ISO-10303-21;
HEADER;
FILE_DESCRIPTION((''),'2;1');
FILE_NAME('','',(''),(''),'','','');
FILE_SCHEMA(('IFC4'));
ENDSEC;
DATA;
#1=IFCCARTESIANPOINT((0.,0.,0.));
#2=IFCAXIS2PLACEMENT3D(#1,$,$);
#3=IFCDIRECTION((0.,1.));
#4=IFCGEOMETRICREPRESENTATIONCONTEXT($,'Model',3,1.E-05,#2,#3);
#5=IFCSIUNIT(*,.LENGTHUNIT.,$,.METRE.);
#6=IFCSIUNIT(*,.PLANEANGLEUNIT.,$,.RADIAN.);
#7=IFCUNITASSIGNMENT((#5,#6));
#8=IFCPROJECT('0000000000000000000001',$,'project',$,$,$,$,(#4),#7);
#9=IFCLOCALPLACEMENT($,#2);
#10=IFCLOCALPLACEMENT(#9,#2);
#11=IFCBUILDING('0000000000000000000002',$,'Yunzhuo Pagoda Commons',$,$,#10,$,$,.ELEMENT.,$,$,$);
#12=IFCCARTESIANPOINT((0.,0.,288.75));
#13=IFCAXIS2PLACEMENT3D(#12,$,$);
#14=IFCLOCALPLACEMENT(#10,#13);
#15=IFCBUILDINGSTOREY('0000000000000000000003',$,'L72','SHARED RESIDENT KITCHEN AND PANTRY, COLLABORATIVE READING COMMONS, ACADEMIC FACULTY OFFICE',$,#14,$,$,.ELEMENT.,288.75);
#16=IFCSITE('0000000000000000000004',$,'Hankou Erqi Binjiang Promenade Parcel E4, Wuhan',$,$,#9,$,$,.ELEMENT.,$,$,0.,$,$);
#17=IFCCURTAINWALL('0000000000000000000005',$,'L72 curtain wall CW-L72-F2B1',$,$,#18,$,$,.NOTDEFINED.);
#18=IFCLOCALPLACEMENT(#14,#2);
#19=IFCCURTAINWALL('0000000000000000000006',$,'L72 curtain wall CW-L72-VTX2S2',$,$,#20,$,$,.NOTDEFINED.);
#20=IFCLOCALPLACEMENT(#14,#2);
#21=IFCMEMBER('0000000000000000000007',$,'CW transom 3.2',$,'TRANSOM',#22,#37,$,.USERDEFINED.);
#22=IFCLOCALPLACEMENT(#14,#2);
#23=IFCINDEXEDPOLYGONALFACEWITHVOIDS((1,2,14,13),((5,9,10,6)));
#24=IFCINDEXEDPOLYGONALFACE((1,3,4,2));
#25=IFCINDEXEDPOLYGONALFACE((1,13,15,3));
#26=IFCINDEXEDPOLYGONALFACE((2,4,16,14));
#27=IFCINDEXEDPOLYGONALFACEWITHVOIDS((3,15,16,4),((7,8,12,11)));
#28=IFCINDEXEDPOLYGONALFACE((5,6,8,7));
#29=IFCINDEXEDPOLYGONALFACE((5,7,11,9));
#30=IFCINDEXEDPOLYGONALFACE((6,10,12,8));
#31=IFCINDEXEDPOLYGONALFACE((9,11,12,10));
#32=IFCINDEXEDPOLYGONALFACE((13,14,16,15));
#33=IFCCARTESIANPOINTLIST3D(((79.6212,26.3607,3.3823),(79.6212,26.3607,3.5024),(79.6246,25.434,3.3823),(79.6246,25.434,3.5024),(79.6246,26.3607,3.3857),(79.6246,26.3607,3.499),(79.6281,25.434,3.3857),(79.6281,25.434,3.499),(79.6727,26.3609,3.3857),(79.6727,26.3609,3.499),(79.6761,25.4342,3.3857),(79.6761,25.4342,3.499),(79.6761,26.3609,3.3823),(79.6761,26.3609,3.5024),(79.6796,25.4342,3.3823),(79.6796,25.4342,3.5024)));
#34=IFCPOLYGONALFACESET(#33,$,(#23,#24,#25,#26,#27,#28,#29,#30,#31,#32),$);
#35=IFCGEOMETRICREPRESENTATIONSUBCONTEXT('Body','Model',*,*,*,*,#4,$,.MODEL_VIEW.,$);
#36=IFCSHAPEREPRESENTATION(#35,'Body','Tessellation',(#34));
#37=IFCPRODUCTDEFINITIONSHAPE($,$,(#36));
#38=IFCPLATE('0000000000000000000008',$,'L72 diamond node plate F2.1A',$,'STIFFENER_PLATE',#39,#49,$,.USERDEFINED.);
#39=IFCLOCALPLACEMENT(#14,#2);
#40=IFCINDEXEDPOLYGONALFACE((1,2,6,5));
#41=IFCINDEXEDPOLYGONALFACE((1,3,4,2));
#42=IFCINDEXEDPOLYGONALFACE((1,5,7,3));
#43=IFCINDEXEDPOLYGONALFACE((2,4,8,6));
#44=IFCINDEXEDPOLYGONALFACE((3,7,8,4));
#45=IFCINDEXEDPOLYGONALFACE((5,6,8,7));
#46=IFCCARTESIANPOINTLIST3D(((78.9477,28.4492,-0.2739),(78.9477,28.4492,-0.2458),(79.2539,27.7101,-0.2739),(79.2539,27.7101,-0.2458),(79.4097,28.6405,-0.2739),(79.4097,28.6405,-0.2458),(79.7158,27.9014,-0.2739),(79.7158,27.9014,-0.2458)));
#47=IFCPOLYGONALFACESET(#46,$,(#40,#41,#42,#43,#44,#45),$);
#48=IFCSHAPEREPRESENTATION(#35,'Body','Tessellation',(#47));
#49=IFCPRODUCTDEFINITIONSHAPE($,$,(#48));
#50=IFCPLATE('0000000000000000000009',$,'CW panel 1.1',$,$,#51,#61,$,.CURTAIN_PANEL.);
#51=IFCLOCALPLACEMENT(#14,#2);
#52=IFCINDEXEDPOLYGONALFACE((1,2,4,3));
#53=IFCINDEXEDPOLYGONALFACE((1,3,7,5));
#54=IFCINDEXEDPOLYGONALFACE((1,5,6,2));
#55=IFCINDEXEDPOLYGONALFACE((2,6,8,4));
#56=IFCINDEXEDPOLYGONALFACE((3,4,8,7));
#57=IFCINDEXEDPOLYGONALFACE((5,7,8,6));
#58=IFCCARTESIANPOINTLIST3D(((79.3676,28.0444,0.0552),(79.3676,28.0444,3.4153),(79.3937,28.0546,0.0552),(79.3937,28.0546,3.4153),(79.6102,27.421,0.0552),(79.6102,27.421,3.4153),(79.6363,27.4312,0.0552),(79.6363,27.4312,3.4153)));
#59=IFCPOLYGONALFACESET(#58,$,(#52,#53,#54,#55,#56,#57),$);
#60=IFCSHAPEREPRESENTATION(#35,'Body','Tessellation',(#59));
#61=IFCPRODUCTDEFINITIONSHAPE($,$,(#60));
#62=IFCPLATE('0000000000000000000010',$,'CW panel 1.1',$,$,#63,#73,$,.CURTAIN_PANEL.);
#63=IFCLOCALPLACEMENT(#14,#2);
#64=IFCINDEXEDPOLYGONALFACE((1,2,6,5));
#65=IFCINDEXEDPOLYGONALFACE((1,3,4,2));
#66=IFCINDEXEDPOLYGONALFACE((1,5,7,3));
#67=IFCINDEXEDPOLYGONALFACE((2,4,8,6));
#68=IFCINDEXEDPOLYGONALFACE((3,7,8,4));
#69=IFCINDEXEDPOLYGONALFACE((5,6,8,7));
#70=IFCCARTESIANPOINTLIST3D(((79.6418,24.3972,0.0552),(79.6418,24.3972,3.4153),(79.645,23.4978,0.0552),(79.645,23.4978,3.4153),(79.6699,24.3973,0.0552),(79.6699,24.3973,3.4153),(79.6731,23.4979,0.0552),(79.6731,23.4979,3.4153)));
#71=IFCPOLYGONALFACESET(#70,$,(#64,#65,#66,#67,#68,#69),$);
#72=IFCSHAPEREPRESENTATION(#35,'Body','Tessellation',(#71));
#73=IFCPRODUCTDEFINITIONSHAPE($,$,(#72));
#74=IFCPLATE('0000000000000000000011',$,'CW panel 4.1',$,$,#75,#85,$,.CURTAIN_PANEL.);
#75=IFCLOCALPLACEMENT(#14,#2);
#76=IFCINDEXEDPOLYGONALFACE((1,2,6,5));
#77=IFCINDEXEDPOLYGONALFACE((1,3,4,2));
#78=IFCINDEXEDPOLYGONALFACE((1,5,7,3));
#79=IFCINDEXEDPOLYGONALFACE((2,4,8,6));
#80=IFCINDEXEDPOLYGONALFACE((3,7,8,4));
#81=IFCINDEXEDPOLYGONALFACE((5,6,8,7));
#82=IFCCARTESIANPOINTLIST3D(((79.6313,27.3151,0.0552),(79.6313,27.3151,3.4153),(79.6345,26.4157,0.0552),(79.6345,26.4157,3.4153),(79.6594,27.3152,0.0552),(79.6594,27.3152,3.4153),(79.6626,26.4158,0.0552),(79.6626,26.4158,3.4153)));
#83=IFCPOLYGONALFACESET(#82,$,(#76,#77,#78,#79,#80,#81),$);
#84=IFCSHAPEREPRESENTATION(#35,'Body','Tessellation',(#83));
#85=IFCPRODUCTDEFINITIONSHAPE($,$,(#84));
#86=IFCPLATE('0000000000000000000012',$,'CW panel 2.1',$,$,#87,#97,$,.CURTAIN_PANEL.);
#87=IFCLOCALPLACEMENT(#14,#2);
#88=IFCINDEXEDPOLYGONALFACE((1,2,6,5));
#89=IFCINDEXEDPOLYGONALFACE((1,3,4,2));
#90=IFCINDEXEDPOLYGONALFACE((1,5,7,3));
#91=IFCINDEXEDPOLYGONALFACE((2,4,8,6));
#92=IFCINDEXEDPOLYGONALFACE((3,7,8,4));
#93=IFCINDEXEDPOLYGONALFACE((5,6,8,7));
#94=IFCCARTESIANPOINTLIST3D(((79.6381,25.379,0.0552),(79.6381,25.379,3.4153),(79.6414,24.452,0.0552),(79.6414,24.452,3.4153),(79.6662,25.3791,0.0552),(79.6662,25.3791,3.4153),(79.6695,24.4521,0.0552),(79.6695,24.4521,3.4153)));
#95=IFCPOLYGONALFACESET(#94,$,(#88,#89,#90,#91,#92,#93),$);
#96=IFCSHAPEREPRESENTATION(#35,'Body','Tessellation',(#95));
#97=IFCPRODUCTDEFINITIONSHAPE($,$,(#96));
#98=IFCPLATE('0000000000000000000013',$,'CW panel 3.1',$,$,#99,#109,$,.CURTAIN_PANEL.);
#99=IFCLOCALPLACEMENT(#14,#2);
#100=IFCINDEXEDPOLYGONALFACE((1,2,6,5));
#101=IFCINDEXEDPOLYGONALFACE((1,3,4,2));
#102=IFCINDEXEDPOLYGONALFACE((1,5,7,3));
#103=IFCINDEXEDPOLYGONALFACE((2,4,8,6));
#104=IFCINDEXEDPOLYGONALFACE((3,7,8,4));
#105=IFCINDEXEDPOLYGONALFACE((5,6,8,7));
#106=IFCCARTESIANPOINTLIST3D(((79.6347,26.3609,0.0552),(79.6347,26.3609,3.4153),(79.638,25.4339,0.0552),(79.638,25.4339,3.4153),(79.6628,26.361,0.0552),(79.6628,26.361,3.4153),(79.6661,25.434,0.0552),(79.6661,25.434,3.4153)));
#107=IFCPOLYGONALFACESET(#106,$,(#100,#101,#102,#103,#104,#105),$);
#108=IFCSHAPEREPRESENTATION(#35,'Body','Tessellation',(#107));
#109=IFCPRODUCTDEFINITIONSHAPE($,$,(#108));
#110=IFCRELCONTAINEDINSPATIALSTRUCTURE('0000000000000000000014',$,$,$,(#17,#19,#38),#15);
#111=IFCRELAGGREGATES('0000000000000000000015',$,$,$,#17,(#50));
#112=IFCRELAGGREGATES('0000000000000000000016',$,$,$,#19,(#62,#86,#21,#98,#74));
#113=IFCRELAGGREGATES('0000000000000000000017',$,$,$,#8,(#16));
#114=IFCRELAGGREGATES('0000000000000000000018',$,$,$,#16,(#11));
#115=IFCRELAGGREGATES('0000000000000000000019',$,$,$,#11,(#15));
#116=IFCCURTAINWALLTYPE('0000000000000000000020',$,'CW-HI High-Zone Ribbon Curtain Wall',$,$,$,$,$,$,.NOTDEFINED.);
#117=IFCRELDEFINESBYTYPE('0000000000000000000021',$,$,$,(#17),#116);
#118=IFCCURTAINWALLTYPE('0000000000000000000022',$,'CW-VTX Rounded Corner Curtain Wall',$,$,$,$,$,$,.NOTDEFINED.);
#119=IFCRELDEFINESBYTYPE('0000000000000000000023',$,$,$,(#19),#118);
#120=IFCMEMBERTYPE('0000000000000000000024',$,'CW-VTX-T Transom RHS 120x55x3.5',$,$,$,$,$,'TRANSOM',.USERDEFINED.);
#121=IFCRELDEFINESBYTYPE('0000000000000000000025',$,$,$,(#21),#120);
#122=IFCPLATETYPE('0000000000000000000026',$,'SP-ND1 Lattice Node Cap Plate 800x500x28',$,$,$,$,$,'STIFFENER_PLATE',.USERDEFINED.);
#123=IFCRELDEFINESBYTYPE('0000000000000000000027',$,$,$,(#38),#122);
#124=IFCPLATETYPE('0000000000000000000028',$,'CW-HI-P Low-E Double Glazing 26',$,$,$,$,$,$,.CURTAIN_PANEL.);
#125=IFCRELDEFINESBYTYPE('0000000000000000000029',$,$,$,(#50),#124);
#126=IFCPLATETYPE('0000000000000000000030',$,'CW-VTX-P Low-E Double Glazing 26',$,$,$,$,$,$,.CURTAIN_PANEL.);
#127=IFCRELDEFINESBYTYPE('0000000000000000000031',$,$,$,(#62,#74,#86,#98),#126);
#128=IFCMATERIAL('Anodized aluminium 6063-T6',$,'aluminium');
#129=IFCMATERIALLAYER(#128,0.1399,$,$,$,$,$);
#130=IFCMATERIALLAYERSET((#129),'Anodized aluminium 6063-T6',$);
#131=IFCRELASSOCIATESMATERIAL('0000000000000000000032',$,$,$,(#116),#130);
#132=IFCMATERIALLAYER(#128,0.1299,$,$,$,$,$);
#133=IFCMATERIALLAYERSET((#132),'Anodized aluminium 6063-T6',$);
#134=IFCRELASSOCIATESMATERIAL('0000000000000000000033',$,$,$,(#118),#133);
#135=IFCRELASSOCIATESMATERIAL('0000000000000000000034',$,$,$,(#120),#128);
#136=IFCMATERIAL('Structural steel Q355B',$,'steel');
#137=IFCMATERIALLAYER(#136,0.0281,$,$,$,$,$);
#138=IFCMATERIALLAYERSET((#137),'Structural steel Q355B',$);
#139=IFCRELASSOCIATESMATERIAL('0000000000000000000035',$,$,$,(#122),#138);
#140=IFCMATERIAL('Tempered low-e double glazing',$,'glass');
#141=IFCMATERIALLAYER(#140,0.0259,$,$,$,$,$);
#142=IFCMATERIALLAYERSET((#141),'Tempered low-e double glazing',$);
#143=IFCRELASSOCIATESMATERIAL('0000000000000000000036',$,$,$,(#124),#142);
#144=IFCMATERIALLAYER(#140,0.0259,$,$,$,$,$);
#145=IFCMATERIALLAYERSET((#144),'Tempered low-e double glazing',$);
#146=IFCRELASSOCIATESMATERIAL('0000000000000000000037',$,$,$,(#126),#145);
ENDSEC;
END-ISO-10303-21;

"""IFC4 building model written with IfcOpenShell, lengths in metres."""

from ifc_helpers import new_model, si_unit, direction, frame, origin, origin_2d, place, context, subcontext, project, spatial, rectangle, hollow_rectangle, extrude, source, transform, mapped, material, layer, layer_set, material_profile, profile_set, type_object, element, aggregate, save


model = new_model("IFC4")

# Units and contexts
model_context = context("Model", 3, precision=1e-05, world=origin(), true_north=direction((0.0, 1.0)))
body_context = subcontext(model_context, "Body", "Model", "MODEL_VIEW")
ifc_project = project(units=[si_unit("LENGTHUNIT", "METRE"), si_unit("PLANEANGLEUNIT", "RADIAN")], contexts=[model_context])

# Site, building, storey
site_placement = place(None, origin())
site = spatial("IfcSite", under=ifc_project, at=site_placement, Name="Hankou Erqi Binjiang Promenade Parcel E4, Wuhan", CompositionType="ELEMENT", RefElevation=0.0)
building_placement = place(site_placement, origin())
building = spatial("IfcBuilding", under=site, at=building_placement, Name="Yunzhuo Pagoda Commons", CompositionType="ELEMENT")
storey_placement = place(building_placement, frame((0.0, 0.0, 288.75)))
storey = spatial("IfcBuildingStorey", under=building, at=storey_placement, Name="L72", Description="SHARED RESIDENT KITCHEN AND PANTRY, COLLABORATIVE READING COMMONS, ACADEMIC FACULTY OFFICE", CompositionType="ELEMENT", Elevation=288.75)

# Shared definitions
ifc_material_1 = material(Name="Structural steel Q355B", Category="steel")

# Shared definitions
ifc_material_2 = material(Name="Anodized aluminium 6063-T6", Category="aluminium")
ifc_layer_1 = layer(ifc_material_2, 0.1399)
ifc_layer_set_1 = layer_set([ifc_layer_1], Name="Anodized aluminium 6063-T6")
curtain_wall_type_1 = type_object("IfcCurtainWallType", Name="CW-HI High-Zone Ribbon Curtain Wall", PredefinedType="NOTDEFINED", material=ifc_layer_set_1)

# Curtain walls
curtain_wall_1_placement = place(storey_placement, origin())
curtain_wall_1 = element("IfcCurtainWall", 1, at=curtain_wall_1_placement, inside=storey, type_object=curtain_wall_type_1, Name="L72 curtain wall CW-L72-F2B1", PredefinedType="NOTDEFINED")
ifc_layer_2 = layer(ifc_material_2, 0.1299)
ifc_layer_set_2 = layer_set([ifc_layer_2], Name="Anodized aluminium 6063-T6")
curtain_wall_type_2 = type_object("IfcCurtainWallType", Name="CW-VTX Rounded Corner Curtain Wall", PredefinedType="NOTDEFINED", material=ifc_layer_set_2)
curtain_wall_2_placement = place(storey_placement, origin())
curtain_wall_2 = element("IfcCurtainWall", 2, at=curtain_wall_2_placement, inside=storey, type_object=curtain_wall_type_2, Name="L72 curtain wall CW-L72-VTX2S2", PredefinedType="NOTDEFINED")

# Member
ifc_material_profile_1 = material_profile(ifc_material_2, hollow_rectangle(XDim=0.0549, YDim=0.1201, WallThickness=0.0034, at=origin_2d()), Name="Anodized aluminium 6063-T6")
ifc_profile_set_1 = profile_set([ifc_material_profile_1], Name="Anodized aluminium 6063-T6")
member_type_1 = type_object("IfcMemberType", Name="CW-VTX-T Transom RHS 120x55x3.5", ElementType="TRANSOM", PredefinedType="USERDEFINED", material=ifc_profile_set_1)
shared_shape_1 = source(origin(), body_context, "Body", "SweptSolid", [
    extrude(hollow_rectangle(XDim=0.0549, YDim=0.1201, WallThickness=0.0034, at=origin_2d()), origin(), (0.0, 0.0, 1.0), 0.9268),
])
member_1_placement = place(storey_placement, frame((79.6521, 25.4341, 3.4424), z_axis=(-0.003688, 0.999993, 0.0), x_axis=(-0.999993, -0.003688, 0.0)))
member_1 = element("IfcMember", 3, at=member_1_placement, type_object=member_type_1, Name="CW transom 3.2", ObjectType="TRANSOM", PredefinedType="USERDEFINED", context=body_context, shape_type="MappedRepresentation", body=[
    mapped(shared_shape_1, transform((0.0, 0.0, 0.0), scale=1.0)),
])

# Plates
ifc_layer_3 = layer(ifc_material_1, 0.0281)
ifc_layer_set_3 = layer_set([ifc_layer_3], Name="Structural steel Q355B")
plate_type_1 = type_object("IfcPlateType", Name="SP-ND1 Lattice Node Cap Plate 800x500x28", ElementType="STIFFENER_PLATE", PredefinedType="USERDEFINED", material=ifc_layer_set_3)
shared_shape_2 = source(origin(), body_context, "Body", "SweptSolid", [
    extrude(rectangle(XDim=0.8, YDim=0.5, at=origin_2d()), origin(), (0.0, 0.0, 1.0), 0.0281),
])
plate_1_placement = place(storey_placement, frame((79.3318, 28.1753, -0.2739), z_axis=(0.0, 0.0, 1.0), x_axis=(-0.382635, 0.9239, 0.0)))
element("IfcPlate", 4, at=plate_1_placement, inside=storey, type_object=plate_type_1, Name="L72 diamond node plate F2.1A", ObjectType="STIFFENER_PLATE", PredefinedType="USERDEFINED", context=body_context, shape_type="MappedRepresentation", body=[
    mapped(shared_shape_2, transform((0.0, 0.0, 0.0), scale=1.0)),
])
ifc_material_3 = material(Name="Tempered low-e double glazing", Category="glass")
ifc_layer_4 = layer(ifc_material_3, 0.0259)
ifc_layer_set_4 = layer_set([ifc_layer_4], Name="Tempered low-e double glazing")
plate_type_2 = type_object("IfcPlateType", Name="CW-HI-P Low-E Double Glazing 26", PredefinedType="CURTAIN_PANEL", material=ifc_layer_set_4)
shared_shape_3 = source(origin(), body_context, "Body", "SweptSolid", [
    extrude(rectangle(XDim=0.6689, YDim=0.0281, at=origin_2d()), origin(), (0.0, 0.0, 1.0), 3.3601),
])
plate_2_placement = place(storey_placement, frame((79.502, 27.7378, 0.0552), z_axis=(0.0, 0.0, 1.0), x_axis=(-0.362654, 0.931924, 0.0)))
plate_2 = element("IfcPlate", 5, at=plate_2_placement, type_object=plate_type_2, Name="CW panel 1.1", PredefinedType="CURTAIN_PANEL", context=body_context, shape_type="MappedRepresentation", body=[
    mapped(shared_shape_3, transform((0.0, 0.0, 0.0), scale=1.0)),
])
aggregate(curtain_wall_1, [plate_2])
ifc_layer_5 = layer(ifc_material_3, 0.0259)
ifc_layer_set_5 = layer_set([ifc_layer_5], Name="Tempered low-e double glazing")
plate_type_3 = type_object("IfcPlateType", Name="CW-VTX-P Low-E Double Glazing 26", PredefinedType="CURTAIN_PANEL", material=ifc_layer_set_5)
shared_shape_4 = source(origin(), body_context, "Body", "SweptSolid", [
    extrude(rectangle(XDim=0.8994, YDim=0.0281, at=origin_2d()), origin(), (0.0, 0.0, 1.0), 3.3601),
])
plate_3_placement = place(storey_placement, frame((79.6575, 23.9475, 0.0552), z_axis=(0.0, 0.0, 1.0), x_axis=(-0.00359, 0.999994, 0.0)))
plate_3 = element("IfcPlate", 6, at=plate_3_placement, type_object=plate_type_3, Name="CW panel 1.1", PredefinedType="CURTAIN_PANEL", context=body_context, shape_type="MappedRepresentation", body=[
    mapped(shared_shape_4, transform((0.0, 0.0, 0.0), scale=1.0)),
])
plate_4_placement = place(storey_placement, frame((79.647, 26.8655, 0.0552), z_axis=(0.0, 0.0, 1.0), x_axis=(-0.00359, 0.999994, 0.0)))
plate_4 = element("IfcPlate", 7, at=plate_4_placement, type_object=plate_type_3, Name="CW panel 4.1", PredefinedType="CURTAIN_PANEL", context=body_context, shape_type="MappedRepresentation", body=[
    mapped(shared_shape_4, transform((0.0, 0.0, 0.0), scale=1.0)),
])
shared_shape_5 = source(origin(), body_context, "Body", "SweptSolid", [
    extrude(rectangle(XDim=0.927, YDim=0.0281, at=origin_2d()), origin(), (0.0, 0.0, 1.0), 3.3601),
])
plate_5_placement = place(storey_placement, frame((79.6538, 24.9155, 0.0552), z_axis=(0.0, 0.0, 1.0), x_axis=(-0.00359, 0.999994, 0.0)))
plate_5 = element("IfcPlate", 8, at=plate_5_placement, type_object=plate_type_3, Name="CW panel 2.1", PredefinedType="CURTAIN_PANEL", context=body_context, shape_type="MappedRepresentation", body=[
    mapped(shared_shape_5, transform((0.0, 0.0, 0.0), scale=1.0)),
])
plate_6_placement = place(storey_placement, frame((79.6504, 25.8975, 0.0552), z_axis=(0.0, 0.0, 1.0), x_axis=(-0.00359, 0.999994, 0.0)))
plate_6 = element("IfcPlate", 9, at=plate_6_placement, type_object=plate_type_3, Name="CW panel 3.1", PredefinedType="CURTAIN_PANEL", context=body_context, shape_type="MappedRepresentation", body=[
    mapped(shared_shape_5, transform((0.0, 0.0, 0.0), scale=1.0)),
])
aggregate(curtain_wall_2, [plate_3, plate_5, member_1, plate_6, plate_4])

save(model, "model.ifc")
